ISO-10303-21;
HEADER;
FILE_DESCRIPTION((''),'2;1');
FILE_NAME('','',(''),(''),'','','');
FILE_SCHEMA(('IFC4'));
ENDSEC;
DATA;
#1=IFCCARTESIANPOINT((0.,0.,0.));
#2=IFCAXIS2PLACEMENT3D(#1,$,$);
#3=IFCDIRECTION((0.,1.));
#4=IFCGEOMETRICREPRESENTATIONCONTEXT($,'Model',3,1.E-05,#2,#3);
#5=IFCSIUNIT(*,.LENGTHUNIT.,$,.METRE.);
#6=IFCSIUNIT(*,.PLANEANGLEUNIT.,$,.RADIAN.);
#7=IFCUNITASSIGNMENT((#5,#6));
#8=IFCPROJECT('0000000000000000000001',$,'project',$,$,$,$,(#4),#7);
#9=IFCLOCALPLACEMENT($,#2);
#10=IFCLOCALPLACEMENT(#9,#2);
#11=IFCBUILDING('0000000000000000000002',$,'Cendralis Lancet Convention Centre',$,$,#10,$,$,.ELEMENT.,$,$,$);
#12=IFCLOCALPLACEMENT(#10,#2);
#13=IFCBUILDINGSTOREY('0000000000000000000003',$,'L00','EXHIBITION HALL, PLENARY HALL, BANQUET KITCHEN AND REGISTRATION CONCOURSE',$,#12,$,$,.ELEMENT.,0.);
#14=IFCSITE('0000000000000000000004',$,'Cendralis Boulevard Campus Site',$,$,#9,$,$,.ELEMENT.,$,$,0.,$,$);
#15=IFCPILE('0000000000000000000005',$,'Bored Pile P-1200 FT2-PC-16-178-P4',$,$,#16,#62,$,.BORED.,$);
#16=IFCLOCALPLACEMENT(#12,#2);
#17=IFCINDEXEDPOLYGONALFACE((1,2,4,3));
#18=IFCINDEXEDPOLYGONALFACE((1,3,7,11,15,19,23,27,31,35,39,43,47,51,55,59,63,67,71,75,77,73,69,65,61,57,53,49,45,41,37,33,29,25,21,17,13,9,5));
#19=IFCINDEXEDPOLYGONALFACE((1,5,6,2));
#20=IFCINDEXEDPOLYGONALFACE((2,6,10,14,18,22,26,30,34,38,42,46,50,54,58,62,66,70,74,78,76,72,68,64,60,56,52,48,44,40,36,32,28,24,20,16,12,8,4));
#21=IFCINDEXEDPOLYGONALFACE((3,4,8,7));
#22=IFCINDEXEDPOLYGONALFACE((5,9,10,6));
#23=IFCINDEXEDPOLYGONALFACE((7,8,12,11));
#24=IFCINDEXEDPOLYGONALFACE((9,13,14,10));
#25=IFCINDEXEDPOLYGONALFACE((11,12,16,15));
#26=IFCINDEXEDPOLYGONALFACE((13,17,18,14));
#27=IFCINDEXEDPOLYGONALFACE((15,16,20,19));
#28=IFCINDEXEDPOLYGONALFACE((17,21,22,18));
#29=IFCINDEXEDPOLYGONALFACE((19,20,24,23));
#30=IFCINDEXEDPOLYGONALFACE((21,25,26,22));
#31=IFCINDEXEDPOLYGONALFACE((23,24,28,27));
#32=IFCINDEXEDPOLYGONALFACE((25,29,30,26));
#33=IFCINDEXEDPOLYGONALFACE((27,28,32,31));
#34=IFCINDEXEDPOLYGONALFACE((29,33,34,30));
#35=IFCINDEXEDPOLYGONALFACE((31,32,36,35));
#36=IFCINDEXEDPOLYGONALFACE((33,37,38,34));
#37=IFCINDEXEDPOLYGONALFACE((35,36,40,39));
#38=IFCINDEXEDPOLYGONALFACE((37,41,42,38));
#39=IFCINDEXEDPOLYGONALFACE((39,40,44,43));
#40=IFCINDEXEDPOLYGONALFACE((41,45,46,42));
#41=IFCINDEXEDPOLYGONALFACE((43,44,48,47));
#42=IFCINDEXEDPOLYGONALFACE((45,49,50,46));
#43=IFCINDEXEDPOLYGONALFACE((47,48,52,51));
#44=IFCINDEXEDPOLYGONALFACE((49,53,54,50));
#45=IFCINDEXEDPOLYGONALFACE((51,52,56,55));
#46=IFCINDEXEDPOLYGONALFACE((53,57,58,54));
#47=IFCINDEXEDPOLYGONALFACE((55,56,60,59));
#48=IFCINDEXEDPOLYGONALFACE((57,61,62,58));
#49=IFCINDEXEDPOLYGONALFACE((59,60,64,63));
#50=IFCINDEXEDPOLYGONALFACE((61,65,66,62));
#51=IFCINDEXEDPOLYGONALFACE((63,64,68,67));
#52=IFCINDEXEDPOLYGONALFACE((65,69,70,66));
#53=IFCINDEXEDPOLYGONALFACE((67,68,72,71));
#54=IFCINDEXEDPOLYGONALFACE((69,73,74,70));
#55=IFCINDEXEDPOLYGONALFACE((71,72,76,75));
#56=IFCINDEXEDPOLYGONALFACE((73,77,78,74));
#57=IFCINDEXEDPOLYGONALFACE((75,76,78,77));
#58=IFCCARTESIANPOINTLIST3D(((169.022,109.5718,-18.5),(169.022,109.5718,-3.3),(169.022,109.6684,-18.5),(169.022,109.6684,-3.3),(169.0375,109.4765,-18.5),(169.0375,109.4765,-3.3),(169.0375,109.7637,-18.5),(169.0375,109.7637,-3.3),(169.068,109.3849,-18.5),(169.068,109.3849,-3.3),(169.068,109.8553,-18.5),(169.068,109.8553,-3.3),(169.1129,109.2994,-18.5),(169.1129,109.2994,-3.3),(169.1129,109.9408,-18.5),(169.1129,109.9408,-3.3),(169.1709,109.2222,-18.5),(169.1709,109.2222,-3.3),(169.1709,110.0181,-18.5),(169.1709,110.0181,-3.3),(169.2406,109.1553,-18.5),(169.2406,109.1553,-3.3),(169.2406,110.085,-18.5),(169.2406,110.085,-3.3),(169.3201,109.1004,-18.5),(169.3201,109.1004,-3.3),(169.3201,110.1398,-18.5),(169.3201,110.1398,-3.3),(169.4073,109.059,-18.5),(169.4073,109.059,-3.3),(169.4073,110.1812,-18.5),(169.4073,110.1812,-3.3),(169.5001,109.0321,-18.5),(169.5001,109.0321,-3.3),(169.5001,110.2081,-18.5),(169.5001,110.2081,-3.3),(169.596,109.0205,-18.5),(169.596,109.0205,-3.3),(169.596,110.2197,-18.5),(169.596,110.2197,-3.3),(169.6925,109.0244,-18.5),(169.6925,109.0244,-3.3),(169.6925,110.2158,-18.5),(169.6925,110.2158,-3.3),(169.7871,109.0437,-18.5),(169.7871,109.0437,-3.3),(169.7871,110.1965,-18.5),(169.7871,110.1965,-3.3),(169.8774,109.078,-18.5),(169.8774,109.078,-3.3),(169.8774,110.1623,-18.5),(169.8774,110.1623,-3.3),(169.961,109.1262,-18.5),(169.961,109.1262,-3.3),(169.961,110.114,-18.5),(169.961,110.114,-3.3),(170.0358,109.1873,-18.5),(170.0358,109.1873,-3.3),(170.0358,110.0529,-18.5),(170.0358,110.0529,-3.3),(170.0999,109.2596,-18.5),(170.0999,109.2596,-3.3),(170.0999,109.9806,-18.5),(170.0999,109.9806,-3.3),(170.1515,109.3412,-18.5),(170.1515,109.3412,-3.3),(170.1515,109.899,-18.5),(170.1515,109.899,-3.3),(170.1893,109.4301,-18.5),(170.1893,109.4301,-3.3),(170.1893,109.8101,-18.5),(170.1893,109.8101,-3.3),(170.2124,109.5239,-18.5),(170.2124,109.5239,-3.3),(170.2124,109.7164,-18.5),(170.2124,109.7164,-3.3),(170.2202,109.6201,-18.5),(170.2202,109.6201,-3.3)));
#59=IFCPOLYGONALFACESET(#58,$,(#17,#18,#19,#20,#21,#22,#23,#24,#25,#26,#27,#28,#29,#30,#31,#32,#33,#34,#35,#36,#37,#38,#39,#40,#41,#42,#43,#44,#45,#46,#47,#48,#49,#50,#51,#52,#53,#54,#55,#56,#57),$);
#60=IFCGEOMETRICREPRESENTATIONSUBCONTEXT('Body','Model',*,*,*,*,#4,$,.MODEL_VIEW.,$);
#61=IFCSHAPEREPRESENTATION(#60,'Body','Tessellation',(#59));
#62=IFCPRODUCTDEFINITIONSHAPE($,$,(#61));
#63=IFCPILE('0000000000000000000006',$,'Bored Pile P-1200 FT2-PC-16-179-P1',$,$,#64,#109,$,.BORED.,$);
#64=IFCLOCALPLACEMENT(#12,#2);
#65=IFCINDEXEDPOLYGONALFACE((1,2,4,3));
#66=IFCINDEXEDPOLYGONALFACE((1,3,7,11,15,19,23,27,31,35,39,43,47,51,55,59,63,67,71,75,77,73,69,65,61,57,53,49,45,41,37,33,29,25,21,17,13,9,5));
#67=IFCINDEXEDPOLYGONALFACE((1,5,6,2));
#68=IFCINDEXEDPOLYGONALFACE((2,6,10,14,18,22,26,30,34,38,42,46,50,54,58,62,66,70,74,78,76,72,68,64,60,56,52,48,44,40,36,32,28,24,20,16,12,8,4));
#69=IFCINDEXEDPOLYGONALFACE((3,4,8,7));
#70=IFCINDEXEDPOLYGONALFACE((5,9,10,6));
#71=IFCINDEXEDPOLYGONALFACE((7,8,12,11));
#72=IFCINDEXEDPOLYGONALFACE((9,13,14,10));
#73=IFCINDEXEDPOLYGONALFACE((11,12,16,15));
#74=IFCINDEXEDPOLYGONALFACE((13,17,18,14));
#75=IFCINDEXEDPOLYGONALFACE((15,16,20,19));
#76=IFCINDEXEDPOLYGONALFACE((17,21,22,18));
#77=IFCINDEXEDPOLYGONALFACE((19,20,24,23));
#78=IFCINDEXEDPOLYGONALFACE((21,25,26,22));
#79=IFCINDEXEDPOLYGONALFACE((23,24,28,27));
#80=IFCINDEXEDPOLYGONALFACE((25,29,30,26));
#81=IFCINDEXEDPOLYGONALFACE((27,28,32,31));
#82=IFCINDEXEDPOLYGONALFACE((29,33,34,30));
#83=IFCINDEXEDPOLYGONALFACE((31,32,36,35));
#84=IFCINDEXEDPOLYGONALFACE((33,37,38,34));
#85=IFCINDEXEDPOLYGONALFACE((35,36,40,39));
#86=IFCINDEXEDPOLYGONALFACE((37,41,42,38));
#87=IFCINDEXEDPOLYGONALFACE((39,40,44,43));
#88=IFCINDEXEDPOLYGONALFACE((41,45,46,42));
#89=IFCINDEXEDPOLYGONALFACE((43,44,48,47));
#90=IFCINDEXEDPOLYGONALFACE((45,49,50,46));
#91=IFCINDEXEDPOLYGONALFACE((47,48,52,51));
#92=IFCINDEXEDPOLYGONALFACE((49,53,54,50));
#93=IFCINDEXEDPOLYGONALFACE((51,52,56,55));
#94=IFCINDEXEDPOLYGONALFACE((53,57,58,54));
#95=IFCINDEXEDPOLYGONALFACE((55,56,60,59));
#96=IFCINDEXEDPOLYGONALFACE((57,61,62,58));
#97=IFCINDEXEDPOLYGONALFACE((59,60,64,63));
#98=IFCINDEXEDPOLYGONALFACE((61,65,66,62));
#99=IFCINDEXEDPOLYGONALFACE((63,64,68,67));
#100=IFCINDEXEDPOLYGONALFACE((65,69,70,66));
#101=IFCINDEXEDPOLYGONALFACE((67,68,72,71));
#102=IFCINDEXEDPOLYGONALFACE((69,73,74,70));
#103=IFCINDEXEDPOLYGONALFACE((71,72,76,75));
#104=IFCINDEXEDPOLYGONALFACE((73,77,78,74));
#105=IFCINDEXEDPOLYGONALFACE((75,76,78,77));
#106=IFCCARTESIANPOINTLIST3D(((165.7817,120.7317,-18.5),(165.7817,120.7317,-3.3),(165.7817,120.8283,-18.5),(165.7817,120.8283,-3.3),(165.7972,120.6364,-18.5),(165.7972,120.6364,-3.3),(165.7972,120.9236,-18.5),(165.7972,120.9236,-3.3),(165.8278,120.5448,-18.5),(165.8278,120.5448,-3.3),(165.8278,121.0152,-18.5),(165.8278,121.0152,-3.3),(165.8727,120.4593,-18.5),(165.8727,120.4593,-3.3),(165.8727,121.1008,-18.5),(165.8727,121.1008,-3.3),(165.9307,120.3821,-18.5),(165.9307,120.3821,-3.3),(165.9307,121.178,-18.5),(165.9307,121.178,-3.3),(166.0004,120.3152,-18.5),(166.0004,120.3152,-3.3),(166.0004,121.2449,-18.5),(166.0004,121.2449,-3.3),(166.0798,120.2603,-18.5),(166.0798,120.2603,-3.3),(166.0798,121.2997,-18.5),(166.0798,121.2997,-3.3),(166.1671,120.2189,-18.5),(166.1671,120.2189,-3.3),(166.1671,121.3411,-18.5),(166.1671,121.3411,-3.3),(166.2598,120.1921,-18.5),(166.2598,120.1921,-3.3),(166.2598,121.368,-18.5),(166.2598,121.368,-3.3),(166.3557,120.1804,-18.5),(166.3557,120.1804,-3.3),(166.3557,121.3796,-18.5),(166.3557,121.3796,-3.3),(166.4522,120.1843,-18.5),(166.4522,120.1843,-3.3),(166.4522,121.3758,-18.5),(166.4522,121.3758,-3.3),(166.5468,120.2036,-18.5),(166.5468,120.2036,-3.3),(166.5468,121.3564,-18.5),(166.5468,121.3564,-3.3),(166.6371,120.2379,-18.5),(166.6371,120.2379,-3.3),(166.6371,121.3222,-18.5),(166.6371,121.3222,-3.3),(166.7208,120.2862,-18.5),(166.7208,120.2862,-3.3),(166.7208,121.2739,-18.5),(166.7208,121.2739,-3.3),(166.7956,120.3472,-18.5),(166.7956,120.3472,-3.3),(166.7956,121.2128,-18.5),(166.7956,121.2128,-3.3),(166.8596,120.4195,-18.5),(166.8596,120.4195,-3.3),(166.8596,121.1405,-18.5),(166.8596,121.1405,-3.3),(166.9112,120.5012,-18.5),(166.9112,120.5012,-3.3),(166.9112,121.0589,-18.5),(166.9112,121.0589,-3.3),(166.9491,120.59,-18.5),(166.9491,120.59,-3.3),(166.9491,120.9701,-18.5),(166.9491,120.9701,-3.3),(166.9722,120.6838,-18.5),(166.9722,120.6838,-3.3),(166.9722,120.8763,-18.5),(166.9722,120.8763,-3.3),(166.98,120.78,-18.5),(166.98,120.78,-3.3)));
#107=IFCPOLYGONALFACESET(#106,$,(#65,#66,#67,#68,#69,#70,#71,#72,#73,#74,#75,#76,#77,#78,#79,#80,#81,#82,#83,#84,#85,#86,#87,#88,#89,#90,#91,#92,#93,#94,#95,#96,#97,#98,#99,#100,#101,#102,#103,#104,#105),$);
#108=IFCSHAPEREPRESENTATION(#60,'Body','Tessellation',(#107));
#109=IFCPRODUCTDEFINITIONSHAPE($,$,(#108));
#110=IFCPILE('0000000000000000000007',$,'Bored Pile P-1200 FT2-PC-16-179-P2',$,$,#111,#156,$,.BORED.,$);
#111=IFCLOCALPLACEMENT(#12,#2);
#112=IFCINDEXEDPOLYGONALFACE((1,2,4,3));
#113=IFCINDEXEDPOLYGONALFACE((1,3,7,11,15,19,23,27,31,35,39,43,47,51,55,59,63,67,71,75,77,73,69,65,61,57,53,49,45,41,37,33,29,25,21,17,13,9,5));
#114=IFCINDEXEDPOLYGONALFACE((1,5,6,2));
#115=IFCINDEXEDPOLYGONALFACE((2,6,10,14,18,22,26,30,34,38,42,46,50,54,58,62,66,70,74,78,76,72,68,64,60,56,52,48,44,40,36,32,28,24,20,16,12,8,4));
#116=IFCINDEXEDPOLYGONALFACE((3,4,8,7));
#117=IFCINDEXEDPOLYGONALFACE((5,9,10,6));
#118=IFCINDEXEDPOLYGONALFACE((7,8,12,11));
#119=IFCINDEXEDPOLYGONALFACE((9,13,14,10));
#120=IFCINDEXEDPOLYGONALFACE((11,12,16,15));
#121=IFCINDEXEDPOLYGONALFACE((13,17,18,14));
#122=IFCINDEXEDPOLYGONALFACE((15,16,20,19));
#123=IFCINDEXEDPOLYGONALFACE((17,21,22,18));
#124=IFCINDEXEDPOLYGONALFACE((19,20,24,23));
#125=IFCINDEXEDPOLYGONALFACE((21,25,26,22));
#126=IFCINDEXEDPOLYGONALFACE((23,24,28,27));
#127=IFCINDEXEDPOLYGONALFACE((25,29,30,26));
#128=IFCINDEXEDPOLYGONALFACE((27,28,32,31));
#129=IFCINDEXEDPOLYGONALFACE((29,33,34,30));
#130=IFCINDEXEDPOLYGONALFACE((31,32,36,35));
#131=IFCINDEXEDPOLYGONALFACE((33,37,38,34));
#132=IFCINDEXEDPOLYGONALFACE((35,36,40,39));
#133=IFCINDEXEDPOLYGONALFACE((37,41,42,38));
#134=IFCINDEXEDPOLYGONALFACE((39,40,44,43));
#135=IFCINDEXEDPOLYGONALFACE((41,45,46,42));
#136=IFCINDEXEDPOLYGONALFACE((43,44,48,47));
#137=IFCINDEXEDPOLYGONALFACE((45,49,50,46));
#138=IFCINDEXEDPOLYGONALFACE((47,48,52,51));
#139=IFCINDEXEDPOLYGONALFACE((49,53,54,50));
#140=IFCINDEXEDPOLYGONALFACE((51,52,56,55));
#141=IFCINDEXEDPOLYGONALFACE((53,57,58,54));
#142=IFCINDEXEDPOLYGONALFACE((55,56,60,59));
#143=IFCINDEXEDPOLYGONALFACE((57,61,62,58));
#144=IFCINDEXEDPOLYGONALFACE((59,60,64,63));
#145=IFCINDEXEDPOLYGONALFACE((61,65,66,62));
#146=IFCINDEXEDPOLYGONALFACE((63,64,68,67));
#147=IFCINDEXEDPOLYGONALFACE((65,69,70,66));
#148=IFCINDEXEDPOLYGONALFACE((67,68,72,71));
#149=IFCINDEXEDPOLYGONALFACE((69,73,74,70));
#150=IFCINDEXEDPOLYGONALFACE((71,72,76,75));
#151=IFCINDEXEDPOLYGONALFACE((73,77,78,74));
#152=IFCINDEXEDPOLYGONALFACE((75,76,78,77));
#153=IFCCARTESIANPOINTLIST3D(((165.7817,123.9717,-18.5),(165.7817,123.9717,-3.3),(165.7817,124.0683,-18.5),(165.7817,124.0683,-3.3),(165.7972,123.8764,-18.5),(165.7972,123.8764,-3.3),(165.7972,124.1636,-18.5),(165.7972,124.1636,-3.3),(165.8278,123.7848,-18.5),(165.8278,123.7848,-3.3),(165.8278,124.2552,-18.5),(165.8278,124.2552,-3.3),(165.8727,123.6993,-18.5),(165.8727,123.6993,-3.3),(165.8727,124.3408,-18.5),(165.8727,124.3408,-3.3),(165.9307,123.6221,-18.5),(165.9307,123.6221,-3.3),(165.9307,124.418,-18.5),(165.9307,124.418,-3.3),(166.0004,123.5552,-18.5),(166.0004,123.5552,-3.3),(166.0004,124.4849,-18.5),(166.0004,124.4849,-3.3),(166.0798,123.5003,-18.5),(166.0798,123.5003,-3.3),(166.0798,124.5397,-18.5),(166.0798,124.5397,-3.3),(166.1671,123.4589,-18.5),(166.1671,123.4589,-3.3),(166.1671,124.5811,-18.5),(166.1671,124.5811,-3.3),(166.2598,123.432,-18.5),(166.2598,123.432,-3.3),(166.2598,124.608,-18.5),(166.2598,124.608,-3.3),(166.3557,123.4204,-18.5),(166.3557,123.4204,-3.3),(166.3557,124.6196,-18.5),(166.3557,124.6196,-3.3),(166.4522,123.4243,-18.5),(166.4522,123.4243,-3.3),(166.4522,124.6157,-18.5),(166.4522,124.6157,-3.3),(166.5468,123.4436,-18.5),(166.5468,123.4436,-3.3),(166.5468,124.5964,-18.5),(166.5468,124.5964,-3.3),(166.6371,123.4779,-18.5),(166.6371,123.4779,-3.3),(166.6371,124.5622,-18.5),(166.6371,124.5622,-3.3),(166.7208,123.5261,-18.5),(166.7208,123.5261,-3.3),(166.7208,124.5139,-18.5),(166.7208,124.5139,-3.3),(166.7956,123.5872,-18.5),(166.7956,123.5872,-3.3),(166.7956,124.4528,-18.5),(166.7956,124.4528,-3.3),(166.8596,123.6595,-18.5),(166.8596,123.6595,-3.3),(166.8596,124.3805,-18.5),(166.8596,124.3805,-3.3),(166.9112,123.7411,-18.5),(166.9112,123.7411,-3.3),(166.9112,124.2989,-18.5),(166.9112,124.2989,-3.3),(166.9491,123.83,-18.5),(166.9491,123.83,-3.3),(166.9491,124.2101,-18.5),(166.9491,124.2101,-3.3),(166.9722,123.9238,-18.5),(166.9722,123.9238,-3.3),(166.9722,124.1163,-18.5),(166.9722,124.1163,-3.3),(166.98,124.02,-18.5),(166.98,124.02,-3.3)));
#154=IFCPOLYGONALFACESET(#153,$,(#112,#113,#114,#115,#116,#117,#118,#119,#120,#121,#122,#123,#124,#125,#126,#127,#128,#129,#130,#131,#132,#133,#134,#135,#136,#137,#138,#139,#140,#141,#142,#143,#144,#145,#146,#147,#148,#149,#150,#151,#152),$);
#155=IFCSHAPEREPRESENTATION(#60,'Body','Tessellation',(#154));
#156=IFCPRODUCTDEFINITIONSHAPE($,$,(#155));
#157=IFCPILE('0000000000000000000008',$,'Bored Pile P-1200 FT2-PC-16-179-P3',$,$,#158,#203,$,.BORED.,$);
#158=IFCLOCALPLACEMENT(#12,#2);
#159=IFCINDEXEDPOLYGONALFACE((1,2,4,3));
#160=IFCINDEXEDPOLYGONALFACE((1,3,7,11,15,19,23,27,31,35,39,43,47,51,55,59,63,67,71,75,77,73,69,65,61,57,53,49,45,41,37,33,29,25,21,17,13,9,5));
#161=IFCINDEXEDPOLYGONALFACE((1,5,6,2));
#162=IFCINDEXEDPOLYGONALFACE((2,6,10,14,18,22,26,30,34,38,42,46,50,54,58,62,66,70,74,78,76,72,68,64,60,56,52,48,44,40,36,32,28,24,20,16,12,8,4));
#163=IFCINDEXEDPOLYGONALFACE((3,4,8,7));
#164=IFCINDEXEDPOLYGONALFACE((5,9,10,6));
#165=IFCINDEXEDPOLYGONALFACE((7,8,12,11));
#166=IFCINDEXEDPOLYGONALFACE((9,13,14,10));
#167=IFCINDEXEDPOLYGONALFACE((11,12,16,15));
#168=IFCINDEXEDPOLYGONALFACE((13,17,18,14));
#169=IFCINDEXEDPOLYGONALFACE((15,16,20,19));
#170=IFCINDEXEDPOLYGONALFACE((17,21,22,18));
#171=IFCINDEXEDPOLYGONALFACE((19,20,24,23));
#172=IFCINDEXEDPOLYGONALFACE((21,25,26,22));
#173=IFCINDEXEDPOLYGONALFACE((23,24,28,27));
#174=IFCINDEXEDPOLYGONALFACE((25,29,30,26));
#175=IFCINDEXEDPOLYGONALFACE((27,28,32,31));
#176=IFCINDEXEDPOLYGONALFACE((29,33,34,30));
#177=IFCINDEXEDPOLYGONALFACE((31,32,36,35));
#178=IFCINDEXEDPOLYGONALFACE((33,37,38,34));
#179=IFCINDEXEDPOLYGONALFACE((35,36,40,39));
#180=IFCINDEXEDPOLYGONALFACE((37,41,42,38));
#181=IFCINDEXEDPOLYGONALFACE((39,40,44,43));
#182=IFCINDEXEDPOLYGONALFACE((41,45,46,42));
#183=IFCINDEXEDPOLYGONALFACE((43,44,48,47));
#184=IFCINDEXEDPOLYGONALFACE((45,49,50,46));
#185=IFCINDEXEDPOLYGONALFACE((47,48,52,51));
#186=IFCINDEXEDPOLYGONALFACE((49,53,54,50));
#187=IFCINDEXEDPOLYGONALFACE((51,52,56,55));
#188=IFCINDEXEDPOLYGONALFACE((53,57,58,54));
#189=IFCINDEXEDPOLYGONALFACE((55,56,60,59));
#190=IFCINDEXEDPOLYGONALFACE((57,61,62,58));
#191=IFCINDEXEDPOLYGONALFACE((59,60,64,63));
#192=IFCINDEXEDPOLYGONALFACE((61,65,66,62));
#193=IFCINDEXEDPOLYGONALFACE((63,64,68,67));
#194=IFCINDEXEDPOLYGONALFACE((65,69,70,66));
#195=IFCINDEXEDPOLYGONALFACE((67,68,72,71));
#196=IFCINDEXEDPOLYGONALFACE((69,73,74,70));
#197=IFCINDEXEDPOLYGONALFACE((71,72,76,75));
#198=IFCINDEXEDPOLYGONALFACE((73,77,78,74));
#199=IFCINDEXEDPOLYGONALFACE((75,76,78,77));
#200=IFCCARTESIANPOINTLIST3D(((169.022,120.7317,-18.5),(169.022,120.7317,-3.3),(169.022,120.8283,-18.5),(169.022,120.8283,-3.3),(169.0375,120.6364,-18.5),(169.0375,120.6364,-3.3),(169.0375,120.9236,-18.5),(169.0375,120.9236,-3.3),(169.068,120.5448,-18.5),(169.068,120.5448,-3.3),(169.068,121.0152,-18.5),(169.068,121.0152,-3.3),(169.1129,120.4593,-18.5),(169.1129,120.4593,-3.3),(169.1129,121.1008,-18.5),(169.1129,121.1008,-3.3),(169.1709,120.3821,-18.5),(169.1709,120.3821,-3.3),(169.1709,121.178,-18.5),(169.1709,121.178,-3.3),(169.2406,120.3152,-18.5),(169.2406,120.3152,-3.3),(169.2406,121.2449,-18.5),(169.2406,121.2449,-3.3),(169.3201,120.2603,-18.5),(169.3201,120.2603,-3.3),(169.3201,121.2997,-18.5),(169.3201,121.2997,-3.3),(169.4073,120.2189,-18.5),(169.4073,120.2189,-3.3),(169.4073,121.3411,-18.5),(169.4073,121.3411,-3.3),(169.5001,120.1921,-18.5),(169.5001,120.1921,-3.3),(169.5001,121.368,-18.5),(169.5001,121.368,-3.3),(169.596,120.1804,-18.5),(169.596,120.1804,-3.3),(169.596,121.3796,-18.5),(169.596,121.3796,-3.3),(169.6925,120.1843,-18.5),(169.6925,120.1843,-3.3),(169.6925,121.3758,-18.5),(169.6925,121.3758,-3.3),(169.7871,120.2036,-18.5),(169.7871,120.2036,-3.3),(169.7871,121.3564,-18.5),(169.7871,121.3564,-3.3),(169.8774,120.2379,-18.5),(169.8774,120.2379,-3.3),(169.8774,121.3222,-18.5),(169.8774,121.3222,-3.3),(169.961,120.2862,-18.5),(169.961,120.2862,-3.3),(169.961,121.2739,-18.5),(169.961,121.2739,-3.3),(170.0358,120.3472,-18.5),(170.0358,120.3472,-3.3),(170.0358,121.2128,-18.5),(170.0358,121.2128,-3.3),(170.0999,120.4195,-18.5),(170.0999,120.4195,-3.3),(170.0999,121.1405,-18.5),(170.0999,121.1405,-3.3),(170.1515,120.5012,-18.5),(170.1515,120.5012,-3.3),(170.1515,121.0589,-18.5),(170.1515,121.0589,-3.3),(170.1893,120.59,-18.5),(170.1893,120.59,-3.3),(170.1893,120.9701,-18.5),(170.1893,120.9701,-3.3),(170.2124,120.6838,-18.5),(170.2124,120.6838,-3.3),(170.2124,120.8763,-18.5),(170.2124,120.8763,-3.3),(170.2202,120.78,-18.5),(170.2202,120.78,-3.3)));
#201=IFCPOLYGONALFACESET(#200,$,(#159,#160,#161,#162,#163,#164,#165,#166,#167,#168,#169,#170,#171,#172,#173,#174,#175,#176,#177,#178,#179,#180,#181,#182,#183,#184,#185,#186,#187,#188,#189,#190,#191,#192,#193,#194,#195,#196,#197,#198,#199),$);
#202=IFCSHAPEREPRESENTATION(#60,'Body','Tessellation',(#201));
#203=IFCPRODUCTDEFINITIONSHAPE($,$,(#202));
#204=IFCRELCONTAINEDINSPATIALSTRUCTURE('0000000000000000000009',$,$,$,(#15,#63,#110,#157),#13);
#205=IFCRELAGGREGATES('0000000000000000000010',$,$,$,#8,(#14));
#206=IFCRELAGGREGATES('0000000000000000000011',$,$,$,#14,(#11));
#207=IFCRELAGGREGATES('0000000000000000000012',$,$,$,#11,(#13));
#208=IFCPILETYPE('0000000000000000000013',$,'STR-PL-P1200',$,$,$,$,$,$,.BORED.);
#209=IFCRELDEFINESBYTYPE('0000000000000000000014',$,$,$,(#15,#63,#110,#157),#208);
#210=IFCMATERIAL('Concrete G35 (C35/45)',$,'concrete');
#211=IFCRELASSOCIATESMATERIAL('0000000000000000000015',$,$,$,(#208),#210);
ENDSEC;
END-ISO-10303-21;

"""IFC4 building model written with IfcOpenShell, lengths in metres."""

from ifc_helpers import new_model, si_unit, direction, frame, origin, origin_2d, place, context, subcontext, project, spatial, circle, extrude, material, material_profile, profile_set, type_object, element, save


model = new_model("IFC4")

# Units and contexts
model_context = context("Model", 3, precision=1e-05, world=origin(), true_north=direction((0.0, 1.0)))
body_context = subcontext(model_context, "Body", "Model", "MODEL_VIEW")
ifc_project = project(units=[si_unit("LENGTHUNIT", "METRE"), si_unit("PLANEANGLEUNIT", "RADIAN")], contexts=[model_context])

# Site, building, storey
site_placement = place(None, origin())
site = spatial("IfcSite", under=ifc_project, at=site_placement, Name="Cendralis Boulevard Campus Site", CompositionType="ELEMENT", RefElevation=0.0)
building_placement = place(site_placement, origin())
building = spatial("IfcBuilding", under=site, at=building_placement, Name="Cendralis Lancet Convention Centre", CompositionType="ELEMENT")
storey_placement = place(building_placement, origin())
storey = spatial("IfcBuildingStorey", under=building, at=storey_placement, Name="L00", Description="EXHIBITION HALL, PLENARY HALL, BANQUET KITCHEN AND REGISTRATION CONCOURSE", CompositionType="ELEMENT", Elevation=0.0)

# Shared definitions
ifc_material_1 = material(Name="Concrete G35 (C35/45)", Category="concrete")

# Piles
ifc_material_profile_1 = material_profile(ifc_material_1, circle(Radius=0.6001, at=origin_2d()), Name="BORED PILE D1200")
ifc_profile_set_1 = profile_set([ifc_material_profile_1], Name="Concrete G35 (C35/45)")
pile_type = type_object("IfcPileType", Name="STR-PL-P1200", PredefinedType="BORED", material=ifc_profile_set_1)
for number, where, z_axis, x_axis, name in (
    (1, (169.6201, 109.6201, -3.3), (0.0, 0.0, -1.0), (1.0, 0.0, 0.0), "Bored Pile P-1200 FT2-PC-16-178-P4"),
    (2, (166.3799, 120.78, -3.3), (0.0, 0.0, -1.0), (1.0, 0.0, 0.0), "Bored Pile P-1200 FT2-PC-16-179-P1"),
    (3, (166.3799, 124.02, -3.3), (0.0, 0.0, -1.0), (1.0, 0.0, 0.0), "Bored Pile P-1200 FT2-PC-16-179-P2"),
    (4, (169.6201, 120.78, -3.3), (0.0, 0.0, -1.0), (1.0, 0.0, 0.0), "Bored Pile P-1200 FT2-PC-16-179-P3"),
):
    element("IfcPile", number, at=place(storey_placement, frame(where, z_axis=z_axis, x_axis=x_axis)), inside=storey, type_object=pile_type, Name=name, PredefinedType="BORED", context=body_context, shape_type="SweptSolid", body=[
        extrude(circle(Radius=0.6001, at=origin_2d()), origin(), (0.0, 0.0, 1.0), 15.2),
    ])

save(model, "model.ifc")
